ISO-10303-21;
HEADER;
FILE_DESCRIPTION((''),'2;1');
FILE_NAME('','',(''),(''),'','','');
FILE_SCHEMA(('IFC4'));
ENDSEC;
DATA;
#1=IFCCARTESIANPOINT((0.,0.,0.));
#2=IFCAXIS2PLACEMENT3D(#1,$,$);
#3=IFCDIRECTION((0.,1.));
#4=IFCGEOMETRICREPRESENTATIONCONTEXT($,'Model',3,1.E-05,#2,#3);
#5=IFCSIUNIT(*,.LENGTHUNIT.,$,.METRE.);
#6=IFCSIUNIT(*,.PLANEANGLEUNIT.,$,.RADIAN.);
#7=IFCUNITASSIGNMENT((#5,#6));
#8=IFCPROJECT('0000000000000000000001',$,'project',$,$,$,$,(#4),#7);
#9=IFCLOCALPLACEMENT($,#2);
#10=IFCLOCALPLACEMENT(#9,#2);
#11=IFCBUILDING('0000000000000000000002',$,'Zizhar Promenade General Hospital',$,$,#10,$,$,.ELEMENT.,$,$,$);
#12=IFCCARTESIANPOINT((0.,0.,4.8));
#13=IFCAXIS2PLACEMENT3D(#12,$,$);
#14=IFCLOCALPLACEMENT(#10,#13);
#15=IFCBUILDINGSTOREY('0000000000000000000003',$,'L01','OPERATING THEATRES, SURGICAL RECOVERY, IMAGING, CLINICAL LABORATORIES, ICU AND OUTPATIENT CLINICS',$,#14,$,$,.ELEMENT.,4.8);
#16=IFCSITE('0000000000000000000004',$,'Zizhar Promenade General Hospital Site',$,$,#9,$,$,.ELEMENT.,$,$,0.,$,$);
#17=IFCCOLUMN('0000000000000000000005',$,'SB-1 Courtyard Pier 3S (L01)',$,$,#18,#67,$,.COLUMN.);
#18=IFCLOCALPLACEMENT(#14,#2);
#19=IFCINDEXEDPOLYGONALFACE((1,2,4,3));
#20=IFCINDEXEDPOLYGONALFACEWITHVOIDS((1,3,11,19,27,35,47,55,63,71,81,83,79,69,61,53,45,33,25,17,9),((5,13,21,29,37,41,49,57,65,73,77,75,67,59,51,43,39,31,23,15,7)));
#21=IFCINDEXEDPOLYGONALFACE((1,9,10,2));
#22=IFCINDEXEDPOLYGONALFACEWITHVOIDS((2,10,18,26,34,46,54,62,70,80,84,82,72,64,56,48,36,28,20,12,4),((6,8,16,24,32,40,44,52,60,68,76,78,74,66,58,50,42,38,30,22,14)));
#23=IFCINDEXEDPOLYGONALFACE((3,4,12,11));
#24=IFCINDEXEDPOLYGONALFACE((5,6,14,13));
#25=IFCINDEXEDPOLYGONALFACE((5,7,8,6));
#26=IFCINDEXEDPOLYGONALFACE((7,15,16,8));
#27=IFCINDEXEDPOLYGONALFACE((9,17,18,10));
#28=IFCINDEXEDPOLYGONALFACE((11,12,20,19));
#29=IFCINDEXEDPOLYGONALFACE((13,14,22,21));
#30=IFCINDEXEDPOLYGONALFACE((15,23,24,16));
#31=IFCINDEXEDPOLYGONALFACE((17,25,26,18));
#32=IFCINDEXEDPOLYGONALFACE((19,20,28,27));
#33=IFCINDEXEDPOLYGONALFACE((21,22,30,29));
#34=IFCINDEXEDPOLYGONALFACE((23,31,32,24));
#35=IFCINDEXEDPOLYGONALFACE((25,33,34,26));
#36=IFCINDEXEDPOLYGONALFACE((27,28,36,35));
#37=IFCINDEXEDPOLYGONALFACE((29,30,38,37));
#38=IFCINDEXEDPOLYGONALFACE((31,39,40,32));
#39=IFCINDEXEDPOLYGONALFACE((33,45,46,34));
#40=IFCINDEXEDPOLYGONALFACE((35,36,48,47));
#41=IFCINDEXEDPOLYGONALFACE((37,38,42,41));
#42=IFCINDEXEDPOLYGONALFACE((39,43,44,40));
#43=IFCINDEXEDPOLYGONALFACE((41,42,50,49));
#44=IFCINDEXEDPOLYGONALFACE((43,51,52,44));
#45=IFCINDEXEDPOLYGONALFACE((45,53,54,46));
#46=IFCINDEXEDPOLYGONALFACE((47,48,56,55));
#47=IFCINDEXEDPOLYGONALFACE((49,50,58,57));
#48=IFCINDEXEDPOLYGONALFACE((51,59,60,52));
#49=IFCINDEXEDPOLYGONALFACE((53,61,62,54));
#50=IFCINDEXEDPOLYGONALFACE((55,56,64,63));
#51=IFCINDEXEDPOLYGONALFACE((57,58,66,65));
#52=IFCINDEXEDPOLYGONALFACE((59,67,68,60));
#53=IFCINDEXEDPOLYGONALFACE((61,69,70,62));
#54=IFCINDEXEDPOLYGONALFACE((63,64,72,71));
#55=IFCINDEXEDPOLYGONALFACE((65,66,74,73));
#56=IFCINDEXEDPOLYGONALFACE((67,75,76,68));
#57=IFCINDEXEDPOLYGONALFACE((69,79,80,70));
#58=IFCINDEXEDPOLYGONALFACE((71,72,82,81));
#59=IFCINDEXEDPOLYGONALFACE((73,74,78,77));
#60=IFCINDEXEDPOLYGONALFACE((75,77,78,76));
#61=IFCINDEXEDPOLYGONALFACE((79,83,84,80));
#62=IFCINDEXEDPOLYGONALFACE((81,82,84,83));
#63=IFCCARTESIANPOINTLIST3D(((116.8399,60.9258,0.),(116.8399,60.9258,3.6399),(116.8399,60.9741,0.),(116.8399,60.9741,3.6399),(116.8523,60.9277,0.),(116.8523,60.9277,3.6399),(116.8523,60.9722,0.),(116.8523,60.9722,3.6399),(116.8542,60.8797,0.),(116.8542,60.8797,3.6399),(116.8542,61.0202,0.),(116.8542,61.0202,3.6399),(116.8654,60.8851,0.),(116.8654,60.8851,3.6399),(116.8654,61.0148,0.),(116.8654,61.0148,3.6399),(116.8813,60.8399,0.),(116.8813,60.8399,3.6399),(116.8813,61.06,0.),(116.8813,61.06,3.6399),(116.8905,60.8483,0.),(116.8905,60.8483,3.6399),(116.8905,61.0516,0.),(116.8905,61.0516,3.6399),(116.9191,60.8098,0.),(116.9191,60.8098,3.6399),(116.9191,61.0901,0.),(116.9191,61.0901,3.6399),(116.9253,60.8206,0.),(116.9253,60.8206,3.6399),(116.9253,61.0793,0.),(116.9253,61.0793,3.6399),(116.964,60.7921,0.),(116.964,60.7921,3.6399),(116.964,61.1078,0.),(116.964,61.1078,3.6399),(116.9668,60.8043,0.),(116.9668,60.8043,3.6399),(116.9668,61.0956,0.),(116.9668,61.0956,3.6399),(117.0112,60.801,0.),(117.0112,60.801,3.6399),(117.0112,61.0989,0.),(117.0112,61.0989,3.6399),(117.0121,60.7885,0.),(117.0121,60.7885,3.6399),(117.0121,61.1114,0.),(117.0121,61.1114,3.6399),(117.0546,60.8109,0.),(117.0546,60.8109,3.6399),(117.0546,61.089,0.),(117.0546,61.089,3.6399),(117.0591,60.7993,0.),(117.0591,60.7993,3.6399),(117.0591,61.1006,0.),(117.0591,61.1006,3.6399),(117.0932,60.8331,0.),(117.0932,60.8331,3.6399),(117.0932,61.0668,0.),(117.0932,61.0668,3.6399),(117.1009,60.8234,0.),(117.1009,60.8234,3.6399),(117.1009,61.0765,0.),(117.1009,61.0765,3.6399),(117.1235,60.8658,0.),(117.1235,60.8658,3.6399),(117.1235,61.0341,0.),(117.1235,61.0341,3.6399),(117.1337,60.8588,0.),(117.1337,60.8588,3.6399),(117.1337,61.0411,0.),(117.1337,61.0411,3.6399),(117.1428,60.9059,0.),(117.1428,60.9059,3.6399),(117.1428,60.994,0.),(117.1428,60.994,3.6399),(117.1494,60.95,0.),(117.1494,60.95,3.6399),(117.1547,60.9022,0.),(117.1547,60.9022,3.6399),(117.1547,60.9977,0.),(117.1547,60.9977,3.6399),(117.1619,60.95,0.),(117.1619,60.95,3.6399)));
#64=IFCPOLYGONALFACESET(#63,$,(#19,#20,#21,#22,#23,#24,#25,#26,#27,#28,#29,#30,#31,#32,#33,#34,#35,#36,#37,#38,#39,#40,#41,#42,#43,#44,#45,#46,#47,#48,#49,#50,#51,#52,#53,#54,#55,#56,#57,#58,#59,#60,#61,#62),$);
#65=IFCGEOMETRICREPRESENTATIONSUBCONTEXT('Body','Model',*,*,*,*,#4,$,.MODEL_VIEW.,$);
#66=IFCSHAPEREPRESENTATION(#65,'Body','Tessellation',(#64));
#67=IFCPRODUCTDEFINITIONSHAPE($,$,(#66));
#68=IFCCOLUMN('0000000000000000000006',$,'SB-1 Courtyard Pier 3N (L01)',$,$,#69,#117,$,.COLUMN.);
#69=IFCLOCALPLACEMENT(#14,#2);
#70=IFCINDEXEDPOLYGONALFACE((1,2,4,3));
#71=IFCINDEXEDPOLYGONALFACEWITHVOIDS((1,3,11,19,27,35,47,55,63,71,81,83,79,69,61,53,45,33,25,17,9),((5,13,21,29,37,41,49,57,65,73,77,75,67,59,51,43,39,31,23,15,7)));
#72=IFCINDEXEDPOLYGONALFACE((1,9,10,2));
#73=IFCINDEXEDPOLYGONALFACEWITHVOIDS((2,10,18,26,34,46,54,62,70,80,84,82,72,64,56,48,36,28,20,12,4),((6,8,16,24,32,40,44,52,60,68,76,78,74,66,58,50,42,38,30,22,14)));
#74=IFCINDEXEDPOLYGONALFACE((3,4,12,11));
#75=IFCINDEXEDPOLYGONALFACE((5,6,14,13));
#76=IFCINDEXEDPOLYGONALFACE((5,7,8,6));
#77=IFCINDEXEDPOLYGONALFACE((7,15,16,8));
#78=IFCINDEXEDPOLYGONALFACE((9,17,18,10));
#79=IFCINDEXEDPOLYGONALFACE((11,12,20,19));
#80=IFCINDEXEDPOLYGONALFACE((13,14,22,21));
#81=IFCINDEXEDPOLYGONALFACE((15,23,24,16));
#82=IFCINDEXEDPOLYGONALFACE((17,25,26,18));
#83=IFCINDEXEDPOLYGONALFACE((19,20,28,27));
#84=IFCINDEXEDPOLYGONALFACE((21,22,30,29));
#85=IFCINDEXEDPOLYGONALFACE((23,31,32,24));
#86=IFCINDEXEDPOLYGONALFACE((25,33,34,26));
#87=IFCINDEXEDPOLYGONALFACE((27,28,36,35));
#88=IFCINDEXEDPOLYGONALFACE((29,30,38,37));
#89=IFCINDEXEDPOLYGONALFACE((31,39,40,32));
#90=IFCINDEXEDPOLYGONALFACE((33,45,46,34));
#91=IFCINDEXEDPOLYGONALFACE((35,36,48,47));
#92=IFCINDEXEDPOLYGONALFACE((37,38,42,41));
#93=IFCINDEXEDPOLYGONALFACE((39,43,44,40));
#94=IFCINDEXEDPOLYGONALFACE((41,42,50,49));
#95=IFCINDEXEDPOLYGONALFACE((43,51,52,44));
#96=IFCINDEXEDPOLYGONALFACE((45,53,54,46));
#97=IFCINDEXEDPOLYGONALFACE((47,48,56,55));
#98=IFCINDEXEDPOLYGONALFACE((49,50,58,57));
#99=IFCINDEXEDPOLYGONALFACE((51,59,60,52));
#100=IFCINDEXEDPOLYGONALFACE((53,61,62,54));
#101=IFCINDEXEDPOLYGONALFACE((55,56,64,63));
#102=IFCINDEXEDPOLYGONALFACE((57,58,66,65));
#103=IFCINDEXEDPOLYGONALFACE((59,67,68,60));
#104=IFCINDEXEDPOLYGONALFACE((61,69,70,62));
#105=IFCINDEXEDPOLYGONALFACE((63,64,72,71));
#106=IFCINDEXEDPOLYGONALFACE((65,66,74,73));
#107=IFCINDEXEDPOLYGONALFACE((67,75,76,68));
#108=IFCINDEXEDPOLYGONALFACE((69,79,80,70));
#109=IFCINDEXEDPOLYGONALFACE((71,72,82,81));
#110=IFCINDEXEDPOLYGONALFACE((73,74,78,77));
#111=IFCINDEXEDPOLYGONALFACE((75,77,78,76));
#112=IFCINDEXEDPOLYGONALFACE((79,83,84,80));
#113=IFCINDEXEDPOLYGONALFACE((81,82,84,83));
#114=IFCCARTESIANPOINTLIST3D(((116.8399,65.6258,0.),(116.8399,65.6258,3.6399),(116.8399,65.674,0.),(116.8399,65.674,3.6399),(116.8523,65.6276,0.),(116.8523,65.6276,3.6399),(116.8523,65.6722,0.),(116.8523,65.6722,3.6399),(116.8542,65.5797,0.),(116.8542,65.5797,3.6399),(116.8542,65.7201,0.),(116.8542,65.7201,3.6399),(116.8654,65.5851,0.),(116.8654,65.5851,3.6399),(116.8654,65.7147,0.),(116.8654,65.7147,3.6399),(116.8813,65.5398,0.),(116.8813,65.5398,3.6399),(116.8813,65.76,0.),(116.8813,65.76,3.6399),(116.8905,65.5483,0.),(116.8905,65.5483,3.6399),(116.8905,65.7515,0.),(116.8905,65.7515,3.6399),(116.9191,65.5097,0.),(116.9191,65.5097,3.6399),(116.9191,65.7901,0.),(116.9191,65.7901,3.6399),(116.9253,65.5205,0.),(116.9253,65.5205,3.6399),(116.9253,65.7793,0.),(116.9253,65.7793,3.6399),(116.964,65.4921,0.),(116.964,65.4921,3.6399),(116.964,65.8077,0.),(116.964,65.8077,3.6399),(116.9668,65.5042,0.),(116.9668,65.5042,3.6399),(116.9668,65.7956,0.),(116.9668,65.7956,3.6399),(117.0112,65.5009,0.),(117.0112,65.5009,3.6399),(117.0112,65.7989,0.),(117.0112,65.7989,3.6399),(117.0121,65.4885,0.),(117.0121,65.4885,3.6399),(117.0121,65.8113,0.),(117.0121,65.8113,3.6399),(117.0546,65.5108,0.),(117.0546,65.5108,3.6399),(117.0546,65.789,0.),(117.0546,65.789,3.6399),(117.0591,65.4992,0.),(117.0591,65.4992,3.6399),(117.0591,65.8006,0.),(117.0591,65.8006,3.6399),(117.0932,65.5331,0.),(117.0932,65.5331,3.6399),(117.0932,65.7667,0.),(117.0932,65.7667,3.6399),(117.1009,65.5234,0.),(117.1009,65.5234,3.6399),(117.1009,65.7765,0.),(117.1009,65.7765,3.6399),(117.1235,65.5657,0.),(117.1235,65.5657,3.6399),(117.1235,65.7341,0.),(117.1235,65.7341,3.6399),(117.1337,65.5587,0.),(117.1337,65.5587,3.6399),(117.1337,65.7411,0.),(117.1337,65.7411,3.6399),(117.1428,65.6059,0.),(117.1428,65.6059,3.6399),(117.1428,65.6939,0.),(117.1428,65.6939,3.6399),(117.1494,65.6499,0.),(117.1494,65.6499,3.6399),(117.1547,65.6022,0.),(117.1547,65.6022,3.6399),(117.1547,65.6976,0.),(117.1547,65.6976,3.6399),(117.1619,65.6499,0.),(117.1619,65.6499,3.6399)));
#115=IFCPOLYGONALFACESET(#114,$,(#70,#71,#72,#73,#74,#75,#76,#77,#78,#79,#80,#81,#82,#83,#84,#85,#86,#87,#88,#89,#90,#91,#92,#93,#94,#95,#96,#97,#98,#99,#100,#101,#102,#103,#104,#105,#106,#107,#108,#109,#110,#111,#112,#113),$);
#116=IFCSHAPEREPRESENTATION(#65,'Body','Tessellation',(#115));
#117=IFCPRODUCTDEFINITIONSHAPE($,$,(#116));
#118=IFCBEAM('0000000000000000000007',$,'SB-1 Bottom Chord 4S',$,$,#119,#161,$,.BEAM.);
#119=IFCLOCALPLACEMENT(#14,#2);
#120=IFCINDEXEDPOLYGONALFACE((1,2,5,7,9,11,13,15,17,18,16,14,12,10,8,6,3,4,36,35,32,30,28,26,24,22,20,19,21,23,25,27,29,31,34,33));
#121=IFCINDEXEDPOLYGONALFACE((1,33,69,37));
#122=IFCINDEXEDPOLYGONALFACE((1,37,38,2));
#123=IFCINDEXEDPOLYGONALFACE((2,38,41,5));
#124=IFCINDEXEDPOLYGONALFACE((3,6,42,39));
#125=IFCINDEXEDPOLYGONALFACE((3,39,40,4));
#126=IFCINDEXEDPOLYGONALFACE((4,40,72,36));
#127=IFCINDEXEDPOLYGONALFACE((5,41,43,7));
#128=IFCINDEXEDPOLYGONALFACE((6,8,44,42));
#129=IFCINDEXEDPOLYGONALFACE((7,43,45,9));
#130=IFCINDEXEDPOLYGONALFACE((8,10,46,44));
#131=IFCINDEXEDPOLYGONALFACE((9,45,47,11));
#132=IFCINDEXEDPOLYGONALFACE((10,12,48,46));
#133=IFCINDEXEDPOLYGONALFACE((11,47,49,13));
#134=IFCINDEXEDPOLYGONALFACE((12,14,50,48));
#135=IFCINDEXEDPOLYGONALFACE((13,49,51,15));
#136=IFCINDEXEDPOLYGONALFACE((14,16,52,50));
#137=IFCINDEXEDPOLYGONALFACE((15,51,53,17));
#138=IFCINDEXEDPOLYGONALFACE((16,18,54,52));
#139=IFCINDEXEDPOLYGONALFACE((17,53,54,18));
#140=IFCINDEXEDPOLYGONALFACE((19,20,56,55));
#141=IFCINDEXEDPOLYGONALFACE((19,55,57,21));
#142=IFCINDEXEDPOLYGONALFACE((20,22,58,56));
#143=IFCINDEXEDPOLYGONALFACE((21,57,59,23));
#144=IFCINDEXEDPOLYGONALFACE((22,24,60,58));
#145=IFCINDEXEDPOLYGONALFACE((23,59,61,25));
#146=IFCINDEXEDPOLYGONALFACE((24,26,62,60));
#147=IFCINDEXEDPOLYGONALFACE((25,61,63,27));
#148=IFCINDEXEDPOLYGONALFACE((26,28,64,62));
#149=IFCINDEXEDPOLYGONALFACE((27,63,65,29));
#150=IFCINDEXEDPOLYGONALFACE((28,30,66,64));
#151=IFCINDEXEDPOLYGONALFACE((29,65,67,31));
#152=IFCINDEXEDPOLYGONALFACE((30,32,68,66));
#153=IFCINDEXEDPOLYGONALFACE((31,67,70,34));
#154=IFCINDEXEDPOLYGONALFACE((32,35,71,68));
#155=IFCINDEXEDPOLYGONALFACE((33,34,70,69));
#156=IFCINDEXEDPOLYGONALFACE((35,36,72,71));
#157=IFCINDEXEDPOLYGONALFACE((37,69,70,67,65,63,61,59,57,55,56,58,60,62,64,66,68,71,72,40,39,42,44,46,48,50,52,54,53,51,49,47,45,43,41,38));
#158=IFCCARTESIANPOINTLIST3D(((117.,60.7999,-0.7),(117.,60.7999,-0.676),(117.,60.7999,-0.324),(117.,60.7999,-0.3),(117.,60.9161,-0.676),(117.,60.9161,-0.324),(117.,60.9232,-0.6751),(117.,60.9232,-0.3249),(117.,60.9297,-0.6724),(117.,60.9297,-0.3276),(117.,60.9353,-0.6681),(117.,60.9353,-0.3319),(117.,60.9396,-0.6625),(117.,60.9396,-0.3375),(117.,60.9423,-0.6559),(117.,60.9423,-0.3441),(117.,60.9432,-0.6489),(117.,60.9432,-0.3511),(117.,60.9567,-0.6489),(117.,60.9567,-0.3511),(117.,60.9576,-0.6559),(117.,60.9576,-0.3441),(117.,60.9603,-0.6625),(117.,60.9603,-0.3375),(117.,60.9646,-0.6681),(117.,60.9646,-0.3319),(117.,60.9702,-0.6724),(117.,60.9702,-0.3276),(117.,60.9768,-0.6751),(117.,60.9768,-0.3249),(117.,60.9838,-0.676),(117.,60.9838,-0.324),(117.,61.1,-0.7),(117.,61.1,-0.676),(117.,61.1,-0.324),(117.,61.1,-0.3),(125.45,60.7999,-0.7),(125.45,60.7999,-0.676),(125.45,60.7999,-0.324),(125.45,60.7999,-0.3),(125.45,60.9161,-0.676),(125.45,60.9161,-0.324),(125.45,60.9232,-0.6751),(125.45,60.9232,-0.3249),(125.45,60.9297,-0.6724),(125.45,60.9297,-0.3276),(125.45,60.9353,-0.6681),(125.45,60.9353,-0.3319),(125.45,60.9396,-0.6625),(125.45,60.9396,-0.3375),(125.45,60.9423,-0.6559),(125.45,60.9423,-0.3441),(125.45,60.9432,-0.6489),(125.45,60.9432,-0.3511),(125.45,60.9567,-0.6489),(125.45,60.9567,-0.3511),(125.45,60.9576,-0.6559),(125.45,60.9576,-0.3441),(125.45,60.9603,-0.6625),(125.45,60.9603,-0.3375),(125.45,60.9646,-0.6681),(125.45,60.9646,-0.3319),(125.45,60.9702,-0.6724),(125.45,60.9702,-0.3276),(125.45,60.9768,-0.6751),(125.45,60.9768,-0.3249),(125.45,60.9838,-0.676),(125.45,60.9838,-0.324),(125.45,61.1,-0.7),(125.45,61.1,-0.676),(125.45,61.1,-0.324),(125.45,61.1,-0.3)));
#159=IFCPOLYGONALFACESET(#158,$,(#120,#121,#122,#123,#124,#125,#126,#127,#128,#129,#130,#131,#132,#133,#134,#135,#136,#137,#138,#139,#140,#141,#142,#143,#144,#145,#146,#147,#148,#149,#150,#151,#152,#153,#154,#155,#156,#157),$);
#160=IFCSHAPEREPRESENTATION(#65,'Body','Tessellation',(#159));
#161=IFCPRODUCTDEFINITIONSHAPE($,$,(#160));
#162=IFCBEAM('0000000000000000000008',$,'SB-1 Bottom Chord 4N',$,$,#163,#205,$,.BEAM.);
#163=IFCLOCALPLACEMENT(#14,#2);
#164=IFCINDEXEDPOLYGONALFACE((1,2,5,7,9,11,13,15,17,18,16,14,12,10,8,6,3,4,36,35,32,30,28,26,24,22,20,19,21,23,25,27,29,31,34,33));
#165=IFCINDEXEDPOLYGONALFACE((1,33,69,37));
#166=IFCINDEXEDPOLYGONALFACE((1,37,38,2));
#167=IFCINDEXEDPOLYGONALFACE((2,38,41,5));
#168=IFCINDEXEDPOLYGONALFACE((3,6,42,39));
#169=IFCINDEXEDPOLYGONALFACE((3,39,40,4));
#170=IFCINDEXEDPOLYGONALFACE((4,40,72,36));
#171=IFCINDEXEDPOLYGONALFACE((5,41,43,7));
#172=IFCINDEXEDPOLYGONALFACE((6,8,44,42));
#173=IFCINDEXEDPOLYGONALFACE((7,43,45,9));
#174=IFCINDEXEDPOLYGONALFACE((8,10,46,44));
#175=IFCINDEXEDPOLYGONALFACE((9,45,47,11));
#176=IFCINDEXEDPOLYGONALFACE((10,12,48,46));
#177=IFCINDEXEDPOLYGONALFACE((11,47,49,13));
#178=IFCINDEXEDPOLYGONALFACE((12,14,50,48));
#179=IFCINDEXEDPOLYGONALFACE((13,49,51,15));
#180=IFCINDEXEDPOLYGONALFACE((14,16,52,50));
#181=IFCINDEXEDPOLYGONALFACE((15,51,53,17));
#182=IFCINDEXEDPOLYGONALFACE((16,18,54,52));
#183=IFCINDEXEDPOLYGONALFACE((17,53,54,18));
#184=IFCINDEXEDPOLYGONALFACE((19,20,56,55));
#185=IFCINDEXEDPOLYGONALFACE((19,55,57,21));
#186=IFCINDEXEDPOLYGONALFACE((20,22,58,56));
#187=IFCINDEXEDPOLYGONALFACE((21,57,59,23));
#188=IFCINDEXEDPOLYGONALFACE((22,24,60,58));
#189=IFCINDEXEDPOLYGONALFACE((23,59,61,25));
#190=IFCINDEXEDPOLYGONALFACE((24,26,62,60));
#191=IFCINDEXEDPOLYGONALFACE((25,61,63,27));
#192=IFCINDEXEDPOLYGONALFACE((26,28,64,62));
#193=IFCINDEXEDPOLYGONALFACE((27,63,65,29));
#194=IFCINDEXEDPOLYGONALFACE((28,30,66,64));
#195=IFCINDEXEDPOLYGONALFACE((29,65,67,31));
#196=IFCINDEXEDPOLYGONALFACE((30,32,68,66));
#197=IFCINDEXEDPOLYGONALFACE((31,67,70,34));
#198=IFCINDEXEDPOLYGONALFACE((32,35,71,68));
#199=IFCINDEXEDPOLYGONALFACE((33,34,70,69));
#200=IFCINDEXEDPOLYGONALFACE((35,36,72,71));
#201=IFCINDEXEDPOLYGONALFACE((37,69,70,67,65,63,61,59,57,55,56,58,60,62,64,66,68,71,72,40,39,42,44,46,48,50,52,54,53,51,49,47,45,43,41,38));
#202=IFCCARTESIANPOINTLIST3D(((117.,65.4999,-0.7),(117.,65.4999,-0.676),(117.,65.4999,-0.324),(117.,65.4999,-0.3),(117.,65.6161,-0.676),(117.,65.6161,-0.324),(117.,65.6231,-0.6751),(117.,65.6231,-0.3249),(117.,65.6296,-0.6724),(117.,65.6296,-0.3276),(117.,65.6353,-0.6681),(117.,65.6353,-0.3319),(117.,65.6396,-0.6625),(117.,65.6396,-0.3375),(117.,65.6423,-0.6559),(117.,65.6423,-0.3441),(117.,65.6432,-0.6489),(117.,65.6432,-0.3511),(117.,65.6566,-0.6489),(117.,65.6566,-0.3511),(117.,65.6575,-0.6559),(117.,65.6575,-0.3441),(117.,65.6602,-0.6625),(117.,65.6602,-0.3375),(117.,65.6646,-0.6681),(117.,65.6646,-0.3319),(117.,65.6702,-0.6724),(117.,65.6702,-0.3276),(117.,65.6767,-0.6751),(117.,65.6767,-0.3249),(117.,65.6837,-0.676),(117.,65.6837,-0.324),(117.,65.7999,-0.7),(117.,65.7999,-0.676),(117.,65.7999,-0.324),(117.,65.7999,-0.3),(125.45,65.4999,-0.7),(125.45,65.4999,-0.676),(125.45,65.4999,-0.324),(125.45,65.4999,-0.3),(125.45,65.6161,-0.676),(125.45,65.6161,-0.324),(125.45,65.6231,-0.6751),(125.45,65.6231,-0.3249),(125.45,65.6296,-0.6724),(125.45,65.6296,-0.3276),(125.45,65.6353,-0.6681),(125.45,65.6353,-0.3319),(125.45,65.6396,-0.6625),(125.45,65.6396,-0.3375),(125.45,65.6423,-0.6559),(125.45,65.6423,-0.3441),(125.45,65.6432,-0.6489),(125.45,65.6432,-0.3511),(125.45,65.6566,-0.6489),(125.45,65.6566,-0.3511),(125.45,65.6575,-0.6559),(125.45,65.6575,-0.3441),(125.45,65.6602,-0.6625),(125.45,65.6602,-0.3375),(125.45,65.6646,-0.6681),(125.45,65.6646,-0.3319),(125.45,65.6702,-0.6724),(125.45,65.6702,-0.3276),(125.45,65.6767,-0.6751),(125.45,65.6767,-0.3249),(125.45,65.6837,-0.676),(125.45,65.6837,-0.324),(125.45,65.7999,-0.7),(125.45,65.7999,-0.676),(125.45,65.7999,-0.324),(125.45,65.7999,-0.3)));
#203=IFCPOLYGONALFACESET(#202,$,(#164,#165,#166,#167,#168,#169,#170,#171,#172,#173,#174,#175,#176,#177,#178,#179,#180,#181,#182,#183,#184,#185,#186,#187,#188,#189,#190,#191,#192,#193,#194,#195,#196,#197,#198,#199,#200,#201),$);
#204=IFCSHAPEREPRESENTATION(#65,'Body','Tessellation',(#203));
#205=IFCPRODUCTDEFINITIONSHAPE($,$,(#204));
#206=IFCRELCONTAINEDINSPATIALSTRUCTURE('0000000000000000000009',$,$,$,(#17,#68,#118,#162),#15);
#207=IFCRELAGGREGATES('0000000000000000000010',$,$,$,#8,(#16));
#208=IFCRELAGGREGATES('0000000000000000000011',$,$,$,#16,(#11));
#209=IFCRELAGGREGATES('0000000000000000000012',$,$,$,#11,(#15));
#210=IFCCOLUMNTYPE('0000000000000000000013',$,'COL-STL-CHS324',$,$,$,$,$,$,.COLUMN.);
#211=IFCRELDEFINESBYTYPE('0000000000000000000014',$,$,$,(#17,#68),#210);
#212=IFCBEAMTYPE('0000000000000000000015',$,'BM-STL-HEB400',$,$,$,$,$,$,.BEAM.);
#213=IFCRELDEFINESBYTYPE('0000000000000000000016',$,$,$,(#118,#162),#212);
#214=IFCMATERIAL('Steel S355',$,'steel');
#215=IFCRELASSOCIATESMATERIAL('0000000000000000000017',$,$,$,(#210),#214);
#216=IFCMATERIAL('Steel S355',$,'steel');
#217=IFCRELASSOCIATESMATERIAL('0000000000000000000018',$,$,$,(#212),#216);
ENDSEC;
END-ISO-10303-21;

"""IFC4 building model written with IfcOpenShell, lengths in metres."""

from ifc_helpers import new_model, si_unit, direction, frame, origin, origin_2d, place, context, subcontext, project, spatial, hollow_circle, i_section, extrude, material, material_profile, profile_set, type_object, element, save


model = new_model("IFC4")

# Units and contexts
model_context = context("Model", 3, precision=1e-05, world=origin(), true_north=direction((0.0, 1.0)))
body_context = subcontext(model_context, "Body", "Model", "MODEL_VIEW")
ifc_project = project(units=[si_unit("LENGTHUNIT", "METRE"), si_unit("PLANEANGLEUNIT", "RADIAN")], contexts=[model_context])

# Site, building, storey
site_placement = place(None, origin())
site = spatial("IfcSite", under=ifc_project, at=site_placement, Name="Zizhar Promenade General Hospital Site", CompositionType="ELEMENT", RefElevation=0.0)
building_placement = place(site_placement, origin())
building = spatial("IfcBuilding", under=site, at=building_placement, Name="Zizhar Promenade General Hospital", CompositionType="ELEMENT")
storey_placement = place(building_placement, frame((0.0, 0.0, 4.8)))
storey = spatial("IfcBuildingStorey", under=building, at=storey_placement, Name="L01", Description="OPERATING THEATRES, SURGICAL RECOVERY, IMAGING, CLINICAL LABORATORIES, ICU AND OUTPATIENT CLINICS", CompositionType="ELEMENT", Elevation=4.8)

# Columns
ifc_material_1 = material(Name="Steel S355", Category="steel")
ifc_material_profile_1 = material_profile(ifc_material_1, hollow_circle(Radius=0.1619, WallThickness=0.0125, at=origin_2d()))
ifc_profile_set_1 = profile_set([ifc_material_profile_1], Name="Steel S355")
column_type = type_object("IfcColumnType", Name="COL-STL-CHS324", PredefinedType="COLUMN", material=ifc_profile_set_1)
for number, where, z_axis, x_axis, name in (
    (1, (117.0, 60.95, 0.0), (0.0, 0.0, 1.0), (1.0, 0.0, 0.0), "SB-1 Courtyard Pier 3S (L01)"),
    (2, (117.0, 65.6499, 0.0), (0.0, 0.0, 1.0), (1.0, 0.0, 0.0), "SB-1 Courtyard Pier 3N (L01)"),
):
    element("IfcColumn", number, at=place(storey_placement, frame(where, z_axis=z_axis, x_axis=x_axis)), inside=storey, type_object=column_type, Name=name, PredefinedType="COLUMN", context=body_context, shape_type="SweptSolid", body=[
        extrude(hollow_circle(Radius=0.1619, WallThickness=0.0125, at=origin_2d()), origin(), (0.0, 0.0, 1.0), 3.6399),
    ])

# Beams
ifc_material_2 = material(Name="Steel S355", Category="steel")
ifc_material_profile_2 = material_profile(ifc_material_2, i_section(OverallWidth=0.3, OverallDepth=0.3999, WebThickness=0.0134, FlangeThickness=0.0239, FilletRadius=0.0271, at=origin_2d()))
ifc_profile_set_2 = profile_set([ifc_material_profile_2], Name="Steel S355")
beam_type_1 = type_object("IfcBeamType", Name="BM-STL-HEB400", PredefinedType="BEAM", material=ifc_profile_set_2)
for number, where, z_axis, x_axis, name in (
    (3, (117.0, 60.95, -0.5), (1.0, 0.0, 0.0), (0.0, 1.0, 0.0), "SB-1 Bottom Chord 4S"),
    (4, (117.0, 65.6499, -0.5), (1.0, 0.0, 0.0), (0.0, 1.0, 0.0), "SB-1 Bottom Chord 4N"),
):
    element("IfcBeam", number, at=place(storey_placement, frame(where, z_axis=z_axis, x_axis=x_axis)), inside=storey, type_object=beam_type_1, Name=name, PredefinedType="BEAM", context=body_context, shape_type="SweptSolid", body=[
        extrude(i_section(OverallWidth=0.3, OverallDepth=0.3999, WebThickness=0.0134, FlangeThickness=0.0239, FilletRadius=0.0271, at=origin_2d()), origin(), (0.0, 0.0, 1.0), 8.45),
    ])

save(model, "model.ifc")
